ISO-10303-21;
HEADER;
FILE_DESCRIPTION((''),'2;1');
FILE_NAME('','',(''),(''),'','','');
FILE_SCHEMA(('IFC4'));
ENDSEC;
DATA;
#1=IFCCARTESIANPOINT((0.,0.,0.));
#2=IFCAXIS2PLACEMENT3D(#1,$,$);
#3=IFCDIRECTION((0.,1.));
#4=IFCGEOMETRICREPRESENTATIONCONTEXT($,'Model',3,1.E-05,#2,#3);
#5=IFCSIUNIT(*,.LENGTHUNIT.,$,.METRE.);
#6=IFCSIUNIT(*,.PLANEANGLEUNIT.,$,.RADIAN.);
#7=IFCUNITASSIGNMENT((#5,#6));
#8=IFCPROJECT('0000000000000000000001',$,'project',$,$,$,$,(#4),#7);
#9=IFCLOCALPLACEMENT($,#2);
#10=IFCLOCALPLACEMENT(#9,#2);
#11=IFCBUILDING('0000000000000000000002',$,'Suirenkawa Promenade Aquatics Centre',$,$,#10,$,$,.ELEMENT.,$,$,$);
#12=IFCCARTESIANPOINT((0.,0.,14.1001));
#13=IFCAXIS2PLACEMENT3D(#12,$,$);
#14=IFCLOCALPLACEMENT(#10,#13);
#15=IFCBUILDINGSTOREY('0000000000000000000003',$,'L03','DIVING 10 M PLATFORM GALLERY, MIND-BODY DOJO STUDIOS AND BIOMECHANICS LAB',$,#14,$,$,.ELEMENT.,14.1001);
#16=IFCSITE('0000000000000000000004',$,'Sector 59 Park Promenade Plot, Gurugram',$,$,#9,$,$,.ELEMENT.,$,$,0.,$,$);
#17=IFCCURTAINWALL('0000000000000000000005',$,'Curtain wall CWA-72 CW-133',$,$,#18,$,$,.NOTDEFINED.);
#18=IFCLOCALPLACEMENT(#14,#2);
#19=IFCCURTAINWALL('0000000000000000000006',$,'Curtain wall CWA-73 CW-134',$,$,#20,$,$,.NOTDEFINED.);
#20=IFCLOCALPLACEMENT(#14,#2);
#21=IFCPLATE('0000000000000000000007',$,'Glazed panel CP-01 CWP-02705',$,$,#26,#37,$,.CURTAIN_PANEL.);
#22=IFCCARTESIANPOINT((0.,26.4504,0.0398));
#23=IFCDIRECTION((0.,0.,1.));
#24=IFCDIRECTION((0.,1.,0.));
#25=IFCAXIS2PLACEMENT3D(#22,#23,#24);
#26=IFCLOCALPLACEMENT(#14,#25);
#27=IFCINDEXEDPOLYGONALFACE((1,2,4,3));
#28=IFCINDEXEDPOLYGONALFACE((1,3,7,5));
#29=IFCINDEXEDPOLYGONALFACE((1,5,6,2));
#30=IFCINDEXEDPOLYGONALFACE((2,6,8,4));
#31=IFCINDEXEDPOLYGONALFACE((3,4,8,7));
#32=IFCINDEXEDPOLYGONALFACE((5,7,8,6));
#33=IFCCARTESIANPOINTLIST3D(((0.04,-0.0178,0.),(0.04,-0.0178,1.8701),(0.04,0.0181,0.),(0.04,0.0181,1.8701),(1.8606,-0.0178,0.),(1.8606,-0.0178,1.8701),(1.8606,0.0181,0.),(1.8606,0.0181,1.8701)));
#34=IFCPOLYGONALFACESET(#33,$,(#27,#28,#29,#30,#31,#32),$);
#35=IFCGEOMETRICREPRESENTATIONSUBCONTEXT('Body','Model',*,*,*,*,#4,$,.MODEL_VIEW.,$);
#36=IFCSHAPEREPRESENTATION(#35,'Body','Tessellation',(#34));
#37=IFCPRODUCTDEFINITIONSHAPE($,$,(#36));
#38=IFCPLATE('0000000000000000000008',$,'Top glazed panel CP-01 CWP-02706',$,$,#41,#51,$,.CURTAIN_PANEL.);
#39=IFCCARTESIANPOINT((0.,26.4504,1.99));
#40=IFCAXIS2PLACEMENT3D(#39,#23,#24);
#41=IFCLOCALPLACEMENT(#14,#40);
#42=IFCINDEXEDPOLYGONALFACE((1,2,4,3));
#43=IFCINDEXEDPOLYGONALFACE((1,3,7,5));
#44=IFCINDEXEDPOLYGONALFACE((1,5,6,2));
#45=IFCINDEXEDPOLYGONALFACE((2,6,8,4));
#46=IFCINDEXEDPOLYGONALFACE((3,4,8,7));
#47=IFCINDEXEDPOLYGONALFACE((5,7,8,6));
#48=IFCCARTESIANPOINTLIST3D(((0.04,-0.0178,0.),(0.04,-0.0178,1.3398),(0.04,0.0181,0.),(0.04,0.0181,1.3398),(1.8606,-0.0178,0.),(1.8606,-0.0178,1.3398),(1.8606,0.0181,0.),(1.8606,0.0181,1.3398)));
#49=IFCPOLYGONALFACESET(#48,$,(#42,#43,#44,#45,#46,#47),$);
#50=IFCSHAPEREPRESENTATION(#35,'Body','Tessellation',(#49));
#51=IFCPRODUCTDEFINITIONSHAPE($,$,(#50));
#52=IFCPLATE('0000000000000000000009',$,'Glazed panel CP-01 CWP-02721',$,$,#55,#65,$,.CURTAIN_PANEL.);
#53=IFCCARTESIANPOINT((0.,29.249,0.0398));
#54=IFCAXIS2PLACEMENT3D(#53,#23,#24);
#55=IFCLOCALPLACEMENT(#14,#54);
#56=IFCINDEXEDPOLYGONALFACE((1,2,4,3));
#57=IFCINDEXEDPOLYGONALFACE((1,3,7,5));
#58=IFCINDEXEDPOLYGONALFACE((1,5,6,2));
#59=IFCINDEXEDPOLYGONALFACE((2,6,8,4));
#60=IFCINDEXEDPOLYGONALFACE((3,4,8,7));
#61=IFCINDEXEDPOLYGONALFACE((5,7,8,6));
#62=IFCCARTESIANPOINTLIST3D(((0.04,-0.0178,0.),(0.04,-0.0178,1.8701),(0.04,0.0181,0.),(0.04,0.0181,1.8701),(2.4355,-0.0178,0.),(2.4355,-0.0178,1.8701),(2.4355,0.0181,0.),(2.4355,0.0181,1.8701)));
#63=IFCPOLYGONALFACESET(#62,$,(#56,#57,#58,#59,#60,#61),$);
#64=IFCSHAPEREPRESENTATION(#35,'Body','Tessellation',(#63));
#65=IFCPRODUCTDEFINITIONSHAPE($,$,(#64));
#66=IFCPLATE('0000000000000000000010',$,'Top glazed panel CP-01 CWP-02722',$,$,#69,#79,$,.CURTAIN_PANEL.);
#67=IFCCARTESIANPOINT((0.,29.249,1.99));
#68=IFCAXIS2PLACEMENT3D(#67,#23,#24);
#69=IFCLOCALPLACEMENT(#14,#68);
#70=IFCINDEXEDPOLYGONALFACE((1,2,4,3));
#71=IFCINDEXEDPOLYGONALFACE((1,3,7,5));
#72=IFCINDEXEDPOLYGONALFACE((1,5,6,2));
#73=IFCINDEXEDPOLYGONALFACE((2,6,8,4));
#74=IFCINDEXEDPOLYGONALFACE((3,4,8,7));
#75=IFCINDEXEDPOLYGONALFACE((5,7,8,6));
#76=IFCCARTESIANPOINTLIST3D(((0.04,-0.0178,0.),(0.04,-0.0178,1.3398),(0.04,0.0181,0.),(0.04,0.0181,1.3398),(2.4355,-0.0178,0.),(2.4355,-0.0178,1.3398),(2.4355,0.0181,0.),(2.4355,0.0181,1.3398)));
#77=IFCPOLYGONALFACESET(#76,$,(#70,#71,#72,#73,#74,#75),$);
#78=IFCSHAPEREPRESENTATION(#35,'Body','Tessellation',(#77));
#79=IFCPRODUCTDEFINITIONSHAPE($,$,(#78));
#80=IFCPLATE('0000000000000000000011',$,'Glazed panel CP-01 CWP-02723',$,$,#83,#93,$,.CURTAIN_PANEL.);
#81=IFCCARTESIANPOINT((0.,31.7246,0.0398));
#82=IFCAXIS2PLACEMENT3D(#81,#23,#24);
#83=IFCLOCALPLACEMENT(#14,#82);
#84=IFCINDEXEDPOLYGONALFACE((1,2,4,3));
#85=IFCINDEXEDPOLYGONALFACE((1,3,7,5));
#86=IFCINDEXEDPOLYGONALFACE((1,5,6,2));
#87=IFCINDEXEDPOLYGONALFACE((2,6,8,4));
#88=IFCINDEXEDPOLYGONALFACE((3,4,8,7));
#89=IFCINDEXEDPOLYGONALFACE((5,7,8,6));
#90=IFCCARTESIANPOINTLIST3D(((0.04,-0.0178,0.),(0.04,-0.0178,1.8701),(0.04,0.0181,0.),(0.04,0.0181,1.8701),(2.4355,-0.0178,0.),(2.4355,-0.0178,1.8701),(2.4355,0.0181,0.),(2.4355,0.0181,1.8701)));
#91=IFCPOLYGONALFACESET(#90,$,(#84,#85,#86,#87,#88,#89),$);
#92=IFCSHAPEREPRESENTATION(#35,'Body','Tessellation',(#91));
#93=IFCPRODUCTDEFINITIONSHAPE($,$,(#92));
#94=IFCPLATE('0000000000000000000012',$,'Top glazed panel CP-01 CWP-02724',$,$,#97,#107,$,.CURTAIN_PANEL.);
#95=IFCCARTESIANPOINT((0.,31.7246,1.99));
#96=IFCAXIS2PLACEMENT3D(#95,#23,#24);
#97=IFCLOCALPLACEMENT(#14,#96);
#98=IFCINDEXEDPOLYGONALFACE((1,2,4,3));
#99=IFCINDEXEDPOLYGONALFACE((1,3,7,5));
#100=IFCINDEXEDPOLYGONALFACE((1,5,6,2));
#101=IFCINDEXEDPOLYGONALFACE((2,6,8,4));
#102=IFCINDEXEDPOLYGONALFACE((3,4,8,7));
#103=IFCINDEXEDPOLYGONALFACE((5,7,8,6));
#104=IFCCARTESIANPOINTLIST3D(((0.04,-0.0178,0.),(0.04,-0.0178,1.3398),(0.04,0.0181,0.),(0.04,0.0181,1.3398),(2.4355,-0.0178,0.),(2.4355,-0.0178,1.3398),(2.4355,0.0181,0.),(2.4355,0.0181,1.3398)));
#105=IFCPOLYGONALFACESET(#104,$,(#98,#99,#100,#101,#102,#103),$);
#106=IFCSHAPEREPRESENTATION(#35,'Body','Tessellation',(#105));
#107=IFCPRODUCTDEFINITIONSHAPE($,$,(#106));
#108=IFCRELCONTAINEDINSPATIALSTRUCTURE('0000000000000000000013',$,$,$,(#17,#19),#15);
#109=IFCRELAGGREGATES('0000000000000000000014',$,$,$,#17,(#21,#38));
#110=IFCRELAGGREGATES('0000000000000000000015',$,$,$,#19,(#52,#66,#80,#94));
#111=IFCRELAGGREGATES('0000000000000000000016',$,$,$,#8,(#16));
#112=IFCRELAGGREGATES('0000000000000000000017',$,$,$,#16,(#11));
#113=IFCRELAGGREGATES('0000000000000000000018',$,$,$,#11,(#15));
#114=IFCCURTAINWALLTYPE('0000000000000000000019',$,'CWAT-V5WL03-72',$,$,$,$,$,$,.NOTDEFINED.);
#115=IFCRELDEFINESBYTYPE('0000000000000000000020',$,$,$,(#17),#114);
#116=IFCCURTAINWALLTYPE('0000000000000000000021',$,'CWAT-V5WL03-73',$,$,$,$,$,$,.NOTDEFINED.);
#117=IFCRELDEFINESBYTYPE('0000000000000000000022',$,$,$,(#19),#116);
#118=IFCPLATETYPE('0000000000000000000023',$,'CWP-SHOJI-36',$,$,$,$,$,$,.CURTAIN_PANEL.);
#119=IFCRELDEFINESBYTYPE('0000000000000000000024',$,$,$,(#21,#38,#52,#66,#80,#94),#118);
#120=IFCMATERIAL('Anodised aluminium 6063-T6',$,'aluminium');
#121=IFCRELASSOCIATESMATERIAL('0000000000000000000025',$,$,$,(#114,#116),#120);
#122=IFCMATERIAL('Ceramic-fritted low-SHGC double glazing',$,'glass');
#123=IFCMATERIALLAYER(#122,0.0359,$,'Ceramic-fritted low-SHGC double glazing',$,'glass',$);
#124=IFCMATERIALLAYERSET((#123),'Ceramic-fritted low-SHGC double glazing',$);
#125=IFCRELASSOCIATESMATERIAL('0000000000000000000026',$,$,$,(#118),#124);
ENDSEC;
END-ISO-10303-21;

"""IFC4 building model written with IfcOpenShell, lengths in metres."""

from ifc_helpers import new_model, si_unit, direction, frame, origin, place, context, subcontext, project, spatial, polyline, outline, extrude, material, layer, layer_set, type_object, element, aggregate, save


model = new_model("IFC4")

# Units and contexts
model_context = context("Model", 3, precision=1e-05, world=origin(), true_north=direction((0.0, 1.0)))
body_context = subcontext(model_context, "Body", "Model", "MODEL_VIEW")
ifc_project = project(units=[si_unit("LENGTHUNIT", "METRE"), si_unit("PLANEANGLEUNIT", "RADIAN")], contexts=[model_context])

# Site, building, storey
site_placement = place(None, origin())
site = spatial("IfcSite", under=ifc_project, at=site_placement, Name="Sector 59 Park Promenade Plot, Gurugram", CompositionType="ELEMENT", RefElevation=0.0)
building_placement = place(site_placement, origin())
building = spatial("IfcBuilding", under=site, at=building_placement, Name="Suirenkawa Promenade Aquatics Centre", CompositionType="ELEMENT")
storey_placement = place(building_placement, frame((0.0, 0.0, 14.1001)))
storey = spatial("IfcBuildingStorey", under=building, at=storey_placement, Name="L03", Description="DIVING 10 M PLATFORM GALLERY, MIND-BODY DOJO STUDIOS AND BIOMECHANICS LAB", CompositionType="ELEMENT", Elevation=14.1001)

# Curtain wall
ifc_material_1 = material(Name="Anodised aluminium 6063-T6", Category="aluminium")
curtain_wall_type_1 = type_object("IfcCurtainWallType", Name="CWAT-V5WL03-72", PredefinedType="NOTDEFINED", material=ifc_material_1)
curtain_wall_1_placement = place(storey_placement, origin())
curtain_wall_1 = element("IfcCurtainWall", 1, at=curtain_wall_1_placement, inside=storey, type_object=curtain_wall_type_1, Name="Curtain wall CWA-72 CW-133", PredefinedType="NOTDEFINED")

# Curtain wall
curtain_wall_type_2 = type_object("IfcCurtainWallType", Name="CWAT-V5WL03-73", PredefinedType="NOTDEFINED", material=ifc_material_1)
curtain_wall_2_placement = place(storey_placement, origin())
curtain_wall_2 = element("IfcCurtainWall", 2, at=curtain_wall_2_placement, inside=storey, type_object=curtain_wall_type_2, Name="Curtain wall CWA-73 CW-134", PredefinedType="NOTDEFINED")

# Plates
ifc_material_2 = material(Name="Ceramic-fritted low-SHGC double glazing", Category="glass")
ifc_layer = layer(ifc_material_2, 0.0359, Name="Ceramic-fritted low-SHGC double glazing", Category="glass")
ifc_layer_set = layer_set([ifc_layer], Name="Ceramic-fritted low-SHGC double glazing")
plate_type = type_object("IfcPlateType", Name="CWP-SHOJI-36", PredefinedType="CURTAIN_PANEL", material=ifc_layer_set)
plate_1_placement = place(storey_placement, frame((0.0, 26.4504, 0.0398), z_axis=(0.0, 0.0, 1.0), x_axis=(0.0, 1.0, 0.0)))
plate_1 = element("IfcPlate", 3, at=plate_1_placement, type_object=plate_type, Name="Glazed panel CP-01 CWP-02705", PredefinedType="CURTAIN_PANEL", context=body_context, shape_type="SweptSolid", body=[
    extrude(outline(polyline([(0.04, 0.0), (1.8606, 0.0), (1.8606, 1.8701), (0.04, 1.8701), (0.04, 0.0)])), frame((0.0, 0.0181, 0.0), z_axis=(0.0, -1.0, 0.0), x_axis=(1.0, 0.0, 0.0)), (0.0, 0.0, 1.0), 0.0359),
])
plate_2_placement = place(storey_placement, frame((0.0, 26.4504, 1.99), z_axis=(0.0, 0.0, 1.0), x_axis=(0.0, 1.0, 0.0)))
plate_2 = element("IfcPlate", 4, at=plate_2_placement, type_object=plate_type, Name="Top glazed panel CP-01 CWP-02706", PredefinedType="CURTAIN_PANEL", context=body_context, shape_type="SweptSolid", body=[
    extrude(outline(polyline([(0.04, 0.0), (1.8606, 0.0), (1.8606, 1.3398), (0.04, 1.3398), (0.04, 0.0)])), frame((0.0, 0.0181, 0.0), z_axis=(0.0, -1.0, 0.0), x_axis=(1.0, 0.0, 0.0)), (0.0, 0.0, 1.0), 0.0359),
])
aggregate(curtain_wall_1, [plate_1, plate_2])
plate_3_placement = place(storey_placement, frame((0.0, 29.249, 0.0398), z_axis=(0.0, 0.0, 1.0), x_axis=(0.0, 1.0, 0.0)))
plate_3 = element("IfcPlate", 5, at=plate_3_placement, type_object=plate_type, Name="Glazed panel CP-01 CWP-02721", PredefinedType="CURTAIN_PANEL", context=body_context, shape_type="SweptSolid", body=[
    extrude(outline(polyline([(0.04, 0.0), (2.4355, 0.0), (2.4355, 1.8701), (0.04, 1.8701), (0.04, 0.0)])), frame((0.0, 0.0181, 0.0), z_axis=(0.0, -1.0, 0.0), x_axis=(1.0, 0.0, 0.0)), (0.0, 0.0, 1.0), 0.0359),
])
plate_4_placement = place(storey_placement, frame((0.0, 29.249, 1.99), z_axis=(0.0, 0.0, 1.0), x_axis=(0.0, 1.0, 0.0)))
plate_4 = element("IfcPlate", 6, at=plate_4_placement, type_object=plate_type, Name="Top glazed panel CP-01 CWP-02722", PredefinedType="CURTAIN_PANEL", context=body_context, shape_type="SweptSolid", body=[
    extrude(outline(polyline([(0.04, 0.0), (2.4355, 0.0), (2.4355, 1.3398), (0.04, 1.3398), (0.04, 0.0)])), frame((0.0, 0.0181, 0.0), z_axis=(0.0, -1.0, 0.0), x_axis=(1.0, 0.0, 0.0)), (0.0, 0.0, 1.0), 0.0359),
])
plate_5_placement = place(storey_placement, frame((0.0, 31.7246, 0.0398), z_axis=(0.0, 0.0, 1.0), x_axis=(0.0, 1.0, 0.0)))
plate_5 = element("IfcPlate", 7, at=plate_5_placement, type_object=plate_type, Name="Glazed panel CP-01 CWP-02723", PredefinedType="CURTAIN_PANEL", context=body_context, shape_type="SweptSolid", body=[
    extrude(outline(polyline([(0.04, 0.0), (2.4355, 0.0), (2.4355, 1.8701), (0.04, 1.8701), (0.04, 0.0)])), frame((0.0, 0.0181, 0.0), z_axis=(0.0, -1.0, 0.0), x_axis=(1.0, 0.0, 0.0)), (0.0, 0.0, 1.0), 0.0359),
])
plate_6_placement = place(storey_placement, frame((0.0, 31.7246, 1.99), z_axis=(0.0, 0.0, 1.0), x_axis=(0.0, 1.0, 0.0)))
plate_6 = element("IfcPlate", 8, at=plate_6_placement, type_object=plate_type, Name="Top glazed panel CP-01 CWP-02724", PredefinedType="CURTAIN_PANEL", context=body_context, shape_type="SweptSolid", body=[
    extrude(outline(polyline([(0.04, 0.0), (2.4355, 0.0), (2.4355, 1.3398), (0.04, 1.3398), (0.04, 0.0)])), frame((0.0, 0.0181, 0.0), z_axis=(0.0, -1.0, 0.0), x_axis=(1.0, 0.0, 0.0)), (0.0, 0.0, 1.0), 0.0359),
])
aggregate(curtain_wall_2, [plate_3, plate_4, plate_5, plate_6])

save(model, "model.ifc")
